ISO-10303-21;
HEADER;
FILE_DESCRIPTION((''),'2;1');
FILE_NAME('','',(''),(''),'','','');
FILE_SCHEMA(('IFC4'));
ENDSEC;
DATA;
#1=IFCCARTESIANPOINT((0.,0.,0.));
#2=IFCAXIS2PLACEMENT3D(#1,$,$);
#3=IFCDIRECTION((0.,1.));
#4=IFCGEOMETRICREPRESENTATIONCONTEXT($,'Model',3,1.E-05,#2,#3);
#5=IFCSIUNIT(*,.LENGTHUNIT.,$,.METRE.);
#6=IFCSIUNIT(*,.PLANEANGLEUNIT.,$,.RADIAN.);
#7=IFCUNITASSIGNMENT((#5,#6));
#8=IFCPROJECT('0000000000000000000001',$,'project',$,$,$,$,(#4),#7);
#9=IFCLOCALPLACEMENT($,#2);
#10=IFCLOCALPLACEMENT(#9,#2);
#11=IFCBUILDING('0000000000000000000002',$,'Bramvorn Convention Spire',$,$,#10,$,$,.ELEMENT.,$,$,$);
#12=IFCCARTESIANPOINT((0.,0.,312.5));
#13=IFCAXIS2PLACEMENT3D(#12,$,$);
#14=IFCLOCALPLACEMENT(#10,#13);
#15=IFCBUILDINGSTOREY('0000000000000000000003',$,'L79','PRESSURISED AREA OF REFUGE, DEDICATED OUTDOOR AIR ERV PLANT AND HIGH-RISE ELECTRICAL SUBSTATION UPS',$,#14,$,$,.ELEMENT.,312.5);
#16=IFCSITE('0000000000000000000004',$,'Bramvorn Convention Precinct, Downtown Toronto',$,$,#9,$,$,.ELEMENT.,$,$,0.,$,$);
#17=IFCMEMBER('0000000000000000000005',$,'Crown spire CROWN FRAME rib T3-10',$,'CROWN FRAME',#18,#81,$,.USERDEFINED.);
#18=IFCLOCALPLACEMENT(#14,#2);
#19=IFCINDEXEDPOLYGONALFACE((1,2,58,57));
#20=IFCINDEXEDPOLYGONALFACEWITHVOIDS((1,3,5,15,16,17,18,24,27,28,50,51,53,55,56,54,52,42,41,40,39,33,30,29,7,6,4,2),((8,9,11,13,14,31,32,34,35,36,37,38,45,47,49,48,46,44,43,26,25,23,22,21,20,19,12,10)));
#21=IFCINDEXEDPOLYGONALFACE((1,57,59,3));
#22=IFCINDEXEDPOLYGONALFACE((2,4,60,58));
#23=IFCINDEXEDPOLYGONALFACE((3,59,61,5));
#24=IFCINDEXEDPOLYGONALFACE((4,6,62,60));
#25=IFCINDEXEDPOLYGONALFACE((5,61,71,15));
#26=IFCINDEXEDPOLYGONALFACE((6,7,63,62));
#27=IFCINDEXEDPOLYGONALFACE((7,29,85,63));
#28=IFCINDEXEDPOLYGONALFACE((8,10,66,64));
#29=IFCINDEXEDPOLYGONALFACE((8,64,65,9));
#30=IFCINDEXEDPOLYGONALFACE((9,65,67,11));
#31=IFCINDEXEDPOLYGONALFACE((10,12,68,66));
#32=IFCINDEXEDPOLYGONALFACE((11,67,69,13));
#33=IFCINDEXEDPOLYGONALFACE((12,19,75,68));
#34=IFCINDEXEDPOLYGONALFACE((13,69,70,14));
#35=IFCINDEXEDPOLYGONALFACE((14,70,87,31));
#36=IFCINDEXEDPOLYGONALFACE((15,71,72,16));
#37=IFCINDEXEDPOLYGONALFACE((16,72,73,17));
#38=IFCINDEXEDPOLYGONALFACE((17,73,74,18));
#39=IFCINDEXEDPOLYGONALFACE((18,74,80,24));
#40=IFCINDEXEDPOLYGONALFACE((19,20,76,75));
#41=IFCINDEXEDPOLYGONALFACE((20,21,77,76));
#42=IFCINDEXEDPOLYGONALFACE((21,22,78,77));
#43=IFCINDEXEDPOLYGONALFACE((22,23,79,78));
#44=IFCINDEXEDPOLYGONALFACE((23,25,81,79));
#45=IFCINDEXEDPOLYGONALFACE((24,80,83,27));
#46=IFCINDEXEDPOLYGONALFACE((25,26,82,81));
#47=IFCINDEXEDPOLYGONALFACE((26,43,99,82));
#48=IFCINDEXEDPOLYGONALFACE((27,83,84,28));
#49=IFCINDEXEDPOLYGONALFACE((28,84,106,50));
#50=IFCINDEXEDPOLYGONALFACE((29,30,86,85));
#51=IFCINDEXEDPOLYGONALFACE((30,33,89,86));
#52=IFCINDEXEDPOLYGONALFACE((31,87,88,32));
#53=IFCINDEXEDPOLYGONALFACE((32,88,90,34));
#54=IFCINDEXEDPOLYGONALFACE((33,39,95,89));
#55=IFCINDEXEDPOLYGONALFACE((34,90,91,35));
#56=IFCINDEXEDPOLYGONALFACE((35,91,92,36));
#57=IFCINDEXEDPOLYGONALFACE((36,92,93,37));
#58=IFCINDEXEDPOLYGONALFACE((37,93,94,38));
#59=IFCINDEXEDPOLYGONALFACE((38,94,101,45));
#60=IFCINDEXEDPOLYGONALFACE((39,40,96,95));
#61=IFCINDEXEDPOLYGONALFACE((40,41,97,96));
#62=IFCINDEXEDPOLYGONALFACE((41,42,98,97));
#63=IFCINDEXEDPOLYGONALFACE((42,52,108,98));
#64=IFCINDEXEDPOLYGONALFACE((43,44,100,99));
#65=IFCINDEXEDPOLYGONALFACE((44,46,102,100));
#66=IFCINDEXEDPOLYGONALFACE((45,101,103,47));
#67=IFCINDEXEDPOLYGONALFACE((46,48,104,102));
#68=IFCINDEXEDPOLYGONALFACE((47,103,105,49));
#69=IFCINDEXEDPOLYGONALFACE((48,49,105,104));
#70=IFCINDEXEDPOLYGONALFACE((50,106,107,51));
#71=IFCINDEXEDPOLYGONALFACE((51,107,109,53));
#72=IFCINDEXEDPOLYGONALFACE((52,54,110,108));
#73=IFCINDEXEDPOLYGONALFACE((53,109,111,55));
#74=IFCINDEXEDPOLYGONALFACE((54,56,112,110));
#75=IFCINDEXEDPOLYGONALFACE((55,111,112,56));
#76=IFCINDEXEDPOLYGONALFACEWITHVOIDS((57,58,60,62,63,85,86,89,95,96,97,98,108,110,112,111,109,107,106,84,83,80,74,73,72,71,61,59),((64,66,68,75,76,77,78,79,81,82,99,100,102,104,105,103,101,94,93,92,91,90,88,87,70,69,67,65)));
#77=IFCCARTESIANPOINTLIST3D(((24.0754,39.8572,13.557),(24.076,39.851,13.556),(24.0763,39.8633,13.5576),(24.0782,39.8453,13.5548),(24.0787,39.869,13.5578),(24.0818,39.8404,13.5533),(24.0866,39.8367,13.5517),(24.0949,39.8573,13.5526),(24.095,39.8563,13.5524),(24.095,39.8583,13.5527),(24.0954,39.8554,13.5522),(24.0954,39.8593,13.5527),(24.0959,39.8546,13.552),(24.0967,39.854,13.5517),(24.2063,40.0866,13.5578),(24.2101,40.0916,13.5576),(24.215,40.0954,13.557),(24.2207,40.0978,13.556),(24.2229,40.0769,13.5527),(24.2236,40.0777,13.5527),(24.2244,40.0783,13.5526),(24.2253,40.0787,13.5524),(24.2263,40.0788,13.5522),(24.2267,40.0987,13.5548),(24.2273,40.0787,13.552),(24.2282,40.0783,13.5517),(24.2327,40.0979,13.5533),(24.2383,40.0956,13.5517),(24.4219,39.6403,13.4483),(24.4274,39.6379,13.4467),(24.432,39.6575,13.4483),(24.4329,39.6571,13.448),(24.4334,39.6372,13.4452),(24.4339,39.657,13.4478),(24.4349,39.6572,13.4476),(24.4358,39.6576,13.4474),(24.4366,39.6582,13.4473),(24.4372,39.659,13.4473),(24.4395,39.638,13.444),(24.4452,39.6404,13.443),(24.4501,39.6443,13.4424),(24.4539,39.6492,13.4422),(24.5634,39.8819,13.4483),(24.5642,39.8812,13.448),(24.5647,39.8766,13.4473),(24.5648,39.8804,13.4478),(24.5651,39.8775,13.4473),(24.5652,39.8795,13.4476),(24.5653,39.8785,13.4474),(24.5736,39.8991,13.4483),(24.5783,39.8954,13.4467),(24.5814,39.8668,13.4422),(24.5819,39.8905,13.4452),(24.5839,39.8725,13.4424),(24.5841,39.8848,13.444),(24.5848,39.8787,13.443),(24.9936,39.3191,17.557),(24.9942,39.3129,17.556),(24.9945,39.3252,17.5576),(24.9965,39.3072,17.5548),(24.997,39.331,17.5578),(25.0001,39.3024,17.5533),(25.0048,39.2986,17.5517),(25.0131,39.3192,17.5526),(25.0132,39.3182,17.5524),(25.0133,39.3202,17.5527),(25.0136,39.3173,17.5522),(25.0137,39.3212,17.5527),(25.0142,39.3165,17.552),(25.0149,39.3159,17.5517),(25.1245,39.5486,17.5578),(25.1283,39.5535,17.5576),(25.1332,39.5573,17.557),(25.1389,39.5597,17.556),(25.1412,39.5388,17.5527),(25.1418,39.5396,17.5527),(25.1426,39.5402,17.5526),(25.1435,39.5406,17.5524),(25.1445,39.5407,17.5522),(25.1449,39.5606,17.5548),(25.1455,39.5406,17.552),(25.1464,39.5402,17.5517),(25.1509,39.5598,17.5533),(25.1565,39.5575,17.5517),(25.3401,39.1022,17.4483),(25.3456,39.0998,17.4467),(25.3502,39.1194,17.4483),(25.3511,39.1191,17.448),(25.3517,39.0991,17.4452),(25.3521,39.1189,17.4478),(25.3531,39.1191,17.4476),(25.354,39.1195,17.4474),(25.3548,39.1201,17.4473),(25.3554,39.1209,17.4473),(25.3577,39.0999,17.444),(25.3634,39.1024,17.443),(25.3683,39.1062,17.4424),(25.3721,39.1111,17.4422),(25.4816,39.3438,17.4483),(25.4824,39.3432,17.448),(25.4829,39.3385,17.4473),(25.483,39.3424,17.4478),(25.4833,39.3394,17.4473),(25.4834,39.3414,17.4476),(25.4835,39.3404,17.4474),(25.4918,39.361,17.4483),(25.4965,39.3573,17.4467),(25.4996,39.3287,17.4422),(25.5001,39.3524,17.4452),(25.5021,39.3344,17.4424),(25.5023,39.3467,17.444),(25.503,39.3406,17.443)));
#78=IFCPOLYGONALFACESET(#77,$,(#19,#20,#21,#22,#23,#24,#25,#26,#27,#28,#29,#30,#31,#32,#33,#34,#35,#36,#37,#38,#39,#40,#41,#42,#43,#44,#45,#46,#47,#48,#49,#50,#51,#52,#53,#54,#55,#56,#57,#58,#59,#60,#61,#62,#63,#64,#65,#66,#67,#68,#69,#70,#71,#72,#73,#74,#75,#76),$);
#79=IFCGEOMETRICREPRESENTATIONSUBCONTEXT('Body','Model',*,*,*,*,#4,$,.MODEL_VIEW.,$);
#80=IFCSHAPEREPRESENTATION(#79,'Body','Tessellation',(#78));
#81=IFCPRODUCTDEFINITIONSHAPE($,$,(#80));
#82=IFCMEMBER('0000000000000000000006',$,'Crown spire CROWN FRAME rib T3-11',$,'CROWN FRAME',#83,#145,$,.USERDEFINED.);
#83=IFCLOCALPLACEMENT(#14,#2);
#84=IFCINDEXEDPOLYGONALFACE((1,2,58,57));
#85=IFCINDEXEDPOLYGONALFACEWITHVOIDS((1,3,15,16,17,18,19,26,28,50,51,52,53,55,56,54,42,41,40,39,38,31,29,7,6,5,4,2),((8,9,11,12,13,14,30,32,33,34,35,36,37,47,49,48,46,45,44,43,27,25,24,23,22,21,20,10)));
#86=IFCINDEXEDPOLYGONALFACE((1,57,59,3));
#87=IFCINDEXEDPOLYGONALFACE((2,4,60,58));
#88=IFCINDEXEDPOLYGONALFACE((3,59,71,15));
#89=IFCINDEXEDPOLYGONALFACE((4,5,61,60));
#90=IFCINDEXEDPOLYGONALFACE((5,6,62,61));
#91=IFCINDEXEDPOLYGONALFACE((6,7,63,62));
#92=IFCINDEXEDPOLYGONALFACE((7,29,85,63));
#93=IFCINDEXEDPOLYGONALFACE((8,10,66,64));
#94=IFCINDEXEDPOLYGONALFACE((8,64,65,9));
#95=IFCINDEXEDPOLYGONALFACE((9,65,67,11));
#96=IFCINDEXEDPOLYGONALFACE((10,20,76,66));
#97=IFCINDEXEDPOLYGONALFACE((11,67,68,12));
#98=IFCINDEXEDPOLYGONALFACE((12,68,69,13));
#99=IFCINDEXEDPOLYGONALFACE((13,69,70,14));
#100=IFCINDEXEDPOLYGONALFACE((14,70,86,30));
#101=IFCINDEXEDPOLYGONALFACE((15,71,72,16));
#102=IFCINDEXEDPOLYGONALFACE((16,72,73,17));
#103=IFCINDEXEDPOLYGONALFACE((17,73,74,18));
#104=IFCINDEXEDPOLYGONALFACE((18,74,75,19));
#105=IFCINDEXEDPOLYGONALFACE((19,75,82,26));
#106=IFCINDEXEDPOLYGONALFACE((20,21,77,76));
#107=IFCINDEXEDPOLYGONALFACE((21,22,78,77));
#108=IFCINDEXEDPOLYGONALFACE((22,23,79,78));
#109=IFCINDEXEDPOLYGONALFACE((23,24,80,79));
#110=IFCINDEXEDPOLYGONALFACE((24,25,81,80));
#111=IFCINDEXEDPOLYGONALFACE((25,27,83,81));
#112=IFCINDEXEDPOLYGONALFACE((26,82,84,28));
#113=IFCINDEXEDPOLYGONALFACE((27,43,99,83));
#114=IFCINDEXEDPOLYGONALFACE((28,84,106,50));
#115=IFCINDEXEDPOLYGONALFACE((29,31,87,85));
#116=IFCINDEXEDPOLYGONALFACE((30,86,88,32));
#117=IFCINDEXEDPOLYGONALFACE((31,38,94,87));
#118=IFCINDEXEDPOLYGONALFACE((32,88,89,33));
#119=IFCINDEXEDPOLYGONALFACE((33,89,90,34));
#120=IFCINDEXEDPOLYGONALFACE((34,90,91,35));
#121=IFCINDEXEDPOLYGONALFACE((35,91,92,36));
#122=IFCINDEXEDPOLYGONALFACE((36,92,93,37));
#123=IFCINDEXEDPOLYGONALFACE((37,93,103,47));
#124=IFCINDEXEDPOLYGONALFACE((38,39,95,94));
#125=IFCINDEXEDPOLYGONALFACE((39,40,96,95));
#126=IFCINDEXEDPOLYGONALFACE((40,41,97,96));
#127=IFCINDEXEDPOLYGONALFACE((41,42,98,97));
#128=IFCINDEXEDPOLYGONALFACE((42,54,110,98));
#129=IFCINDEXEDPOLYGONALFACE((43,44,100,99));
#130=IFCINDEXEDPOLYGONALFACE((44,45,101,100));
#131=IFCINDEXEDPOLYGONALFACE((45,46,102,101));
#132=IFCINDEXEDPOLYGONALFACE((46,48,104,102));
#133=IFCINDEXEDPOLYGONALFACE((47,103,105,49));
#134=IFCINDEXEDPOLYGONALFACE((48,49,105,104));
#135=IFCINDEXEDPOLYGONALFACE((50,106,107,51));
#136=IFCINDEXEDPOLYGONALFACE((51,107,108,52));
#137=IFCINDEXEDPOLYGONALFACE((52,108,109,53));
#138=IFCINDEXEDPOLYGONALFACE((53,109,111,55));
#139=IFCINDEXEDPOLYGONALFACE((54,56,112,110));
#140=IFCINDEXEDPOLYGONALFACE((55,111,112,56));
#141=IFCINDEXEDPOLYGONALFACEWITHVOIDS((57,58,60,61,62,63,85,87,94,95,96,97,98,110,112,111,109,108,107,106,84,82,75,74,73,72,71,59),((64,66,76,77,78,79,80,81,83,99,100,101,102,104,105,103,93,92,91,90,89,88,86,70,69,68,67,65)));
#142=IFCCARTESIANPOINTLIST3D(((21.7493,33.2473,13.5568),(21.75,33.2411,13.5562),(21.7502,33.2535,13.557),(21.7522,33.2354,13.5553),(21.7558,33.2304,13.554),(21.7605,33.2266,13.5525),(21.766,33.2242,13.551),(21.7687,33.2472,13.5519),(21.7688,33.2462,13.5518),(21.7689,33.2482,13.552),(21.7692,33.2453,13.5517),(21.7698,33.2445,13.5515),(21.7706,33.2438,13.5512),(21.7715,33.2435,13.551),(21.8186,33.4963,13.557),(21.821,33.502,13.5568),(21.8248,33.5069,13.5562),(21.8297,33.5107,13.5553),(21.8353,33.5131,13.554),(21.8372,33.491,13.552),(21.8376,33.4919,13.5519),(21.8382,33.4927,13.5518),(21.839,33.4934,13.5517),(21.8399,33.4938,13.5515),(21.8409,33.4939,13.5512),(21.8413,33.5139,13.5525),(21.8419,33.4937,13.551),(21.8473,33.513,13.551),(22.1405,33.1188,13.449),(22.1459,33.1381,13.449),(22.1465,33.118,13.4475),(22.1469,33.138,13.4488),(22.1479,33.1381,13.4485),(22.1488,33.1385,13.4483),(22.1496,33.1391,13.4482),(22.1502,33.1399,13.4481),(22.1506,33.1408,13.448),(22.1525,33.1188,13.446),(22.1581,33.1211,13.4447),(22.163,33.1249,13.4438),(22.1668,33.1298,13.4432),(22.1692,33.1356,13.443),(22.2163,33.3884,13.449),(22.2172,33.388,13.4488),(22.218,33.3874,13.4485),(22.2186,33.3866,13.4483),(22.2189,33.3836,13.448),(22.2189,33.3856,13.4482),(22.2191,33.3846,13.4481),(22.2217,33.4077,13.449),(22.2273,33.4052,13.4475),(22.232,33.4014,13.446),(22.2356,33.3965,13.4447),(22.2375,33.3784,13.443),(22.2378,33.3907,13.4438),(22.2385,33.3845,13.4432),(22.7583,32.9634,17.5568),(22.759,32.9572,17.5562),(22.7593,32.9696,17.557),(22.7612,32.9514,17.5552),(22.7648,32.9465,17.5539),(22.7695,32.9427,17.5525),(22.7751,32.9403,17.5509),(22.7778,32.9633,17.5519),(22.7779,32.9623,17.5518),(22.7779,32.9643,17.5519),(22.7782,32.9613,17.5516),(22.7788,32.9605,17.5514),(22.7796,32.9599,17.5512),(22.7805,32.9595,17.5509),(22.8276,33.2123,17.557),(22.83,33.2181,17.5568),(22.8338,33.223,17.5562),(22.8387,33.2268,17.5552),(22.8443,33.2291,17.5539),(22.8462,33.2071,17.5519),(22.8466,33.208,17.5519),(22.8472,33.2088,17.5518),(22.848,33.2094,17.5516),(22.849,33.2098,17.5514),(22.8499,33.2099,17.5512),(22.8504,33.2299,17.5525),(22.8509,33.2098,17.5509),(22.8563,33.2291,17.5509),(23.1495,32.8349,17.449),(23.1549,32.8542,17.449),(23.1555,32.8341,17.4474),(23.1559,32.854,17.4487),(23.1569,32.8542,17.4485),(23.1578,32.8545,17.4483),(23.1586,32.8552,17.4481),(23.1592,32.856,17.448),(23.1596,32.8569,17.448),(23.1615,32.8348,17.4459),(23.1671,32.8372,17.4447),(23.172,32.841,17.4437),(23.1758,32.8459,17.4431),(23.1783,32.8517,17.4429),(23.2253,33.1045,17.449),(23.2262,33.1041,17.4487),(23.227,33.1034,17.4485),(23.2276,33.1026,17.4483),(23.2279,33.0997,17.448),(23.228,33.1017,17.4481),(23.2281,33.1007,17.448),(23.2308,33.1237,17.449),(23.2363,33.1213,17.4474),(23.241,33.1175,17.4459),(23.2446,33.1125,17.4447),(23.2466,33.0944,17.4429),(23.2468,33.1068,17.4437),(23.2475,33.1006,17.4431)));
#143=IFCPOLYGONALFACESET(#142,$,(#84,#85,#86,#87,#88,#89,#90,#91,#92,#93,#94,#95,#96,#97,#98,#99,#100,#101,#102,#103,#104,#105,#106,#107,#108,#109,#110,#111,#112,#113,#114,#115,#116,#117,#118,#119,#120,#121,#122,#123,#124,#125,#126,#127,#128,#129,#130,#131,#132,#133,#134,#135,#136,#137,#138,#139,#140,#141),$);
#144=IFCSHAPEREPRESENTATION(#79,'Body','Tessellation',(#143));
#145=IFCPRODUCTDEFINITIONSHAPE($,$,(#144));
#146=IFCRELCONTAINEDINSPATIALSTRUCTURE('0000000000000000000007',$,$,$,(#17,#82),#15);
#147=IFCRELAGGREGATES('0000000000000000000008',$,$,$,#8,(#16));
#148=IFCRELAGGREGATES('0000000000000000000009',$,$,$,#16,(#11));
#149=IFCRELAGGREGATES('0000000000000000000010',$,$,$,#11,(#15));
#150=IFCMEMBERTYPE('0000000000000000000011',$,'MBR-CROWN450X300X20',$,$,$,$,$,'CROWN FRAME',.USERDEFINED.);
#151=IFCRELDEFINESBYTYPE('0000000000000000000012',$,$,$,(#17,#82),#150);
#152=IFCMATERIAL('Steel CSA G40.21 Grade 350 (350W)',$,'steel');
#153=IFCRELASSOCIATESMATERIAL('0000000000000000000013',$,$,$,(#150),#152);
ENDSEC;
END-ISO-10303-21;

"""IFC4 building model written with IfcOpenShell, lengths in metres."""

from ifc_helpers import new_model, si_unit, direction, frame, origin, origin_2d, place, context, subcontext, project, spatial, hollow_rectangle, extrude, material, material_profile, profile_set, type_object, element, save


model = new_model("IFC4")

# Units and contexts
model_context = context("Model", 3, precision=1e-05, world=origin(), true_north=direction((0.0, 1.0)))
body_context = subcontext(model_context, "Body", "Model", "MODEL_VIEW")
ifc_project = project(units=[si_unit("LENGTHUNIT", "METRE"), si_unit("PLANEANGLEUNIT", "RADIAN")], contexts=[model_context])

# Site, building, storey
site_placement = place(None, origin())
site = spatial("IfcSite", under=ifc_project, at=site_placement, Name="Bramvorn Convention Precinct, Downtown Toronto", CompositionType="ELEMENT", RefElevation=0.0)
building_placement = place(site_placement, origin())
building = spatial("IfcBuilding", under=site, at=building_placement, Name="Bramvorn Convention Spire", CompositionType="ELEMENT")
storey_placement = place(building_placement, frame((0.0, 0.0, 312.5)))
storey = spatial("IfcBuildingStorey", under=building, at=storey_placement, Name="L79", Description="PRESSURISED AREA OF REFUGE, DEDICATED OUTDOOR AIR ERV PLANT AND HIGH-RISE ELECTRICAL SUBSTATION UPS", CompositionType="ELEMENT", Elevation=312.5)

# Shared definitions
ifc_material_1 = material(Name="Steel CSA G40.21 Grade 350 (350W)", Category="steel")

# Members
ifc_material_profile_1 = material_profile(ifc_material_1, hollow_rectangle(XDim=0.3, YDim=0.45, WallThickness=0.02, InnerFilletRadius=0.0039, OuterFilletRadius=0.0239, at=origin_2d()))
ifc_profile_set_1 = profile_set([ifc_material_profile_1], Name="Steel CSA G40.21 Grade 350 (350W) - CROWN450X300X20")
member_type = type_object("IfcMemberType", Name="MBR-CROWN450X300X20", ElementType="CROWN FRAME", PredefinedType="USERDEFINED", material=ifc_profile_set_1)
member_1_placement = place(storey_placement, frame((24.3301, 39.8679, 13.5), z_axis=(0.221836, -0.129999, 0.966379), x_axis=(0.505596, 0.86277, 0.0)))
element("IfcMember", 1, at=member_1_placement, inside=storey, type_object=member_type, Name="Crown spire CROWN FRAME rib T3-10", ObjectType="CROWN FRAME", PredefinedType="USERDEFINED", context=body_context, shape_type="SweptSolid", body=[
    extrude(hollow_rectangle(XDim=0.3, YDim=0.45, WallThickness=0.02, InnerFilletRadius=0.0039, OuterFilletRadius=0.0239, at=origin_2d()), origin(), (0.0, 0.0, 1.0), 4.1392),
])
member_2_placement = place(storey_placement, frame((21.9939, 33.3159, 13.5), z_axis=(0.244019, -0.068665, 0.967337), x_axis=(0.270874, 0.962615, 0.0)))
element("IfcMember", 2, at=member_2_placement, inside=storey, type_object=member_type, Name="Crown spire CROWN FRAME rib T3-11", ObjectType="CROWN FRAME", PredefinedType="USERDEFINED", context=body_context, shape_type="SweptSolid", body=[
    extrude(hollow_rectangle(XDim=0.3, YDim=0.45, WallThickness=0.02, InnerFilletRadius=0.0039, OuterFilletRadius=0.0239, at=origin_2d()), origin(), (0.0, 0.0, 1.0), 4.135),
])

save(model, "model.ifc")
